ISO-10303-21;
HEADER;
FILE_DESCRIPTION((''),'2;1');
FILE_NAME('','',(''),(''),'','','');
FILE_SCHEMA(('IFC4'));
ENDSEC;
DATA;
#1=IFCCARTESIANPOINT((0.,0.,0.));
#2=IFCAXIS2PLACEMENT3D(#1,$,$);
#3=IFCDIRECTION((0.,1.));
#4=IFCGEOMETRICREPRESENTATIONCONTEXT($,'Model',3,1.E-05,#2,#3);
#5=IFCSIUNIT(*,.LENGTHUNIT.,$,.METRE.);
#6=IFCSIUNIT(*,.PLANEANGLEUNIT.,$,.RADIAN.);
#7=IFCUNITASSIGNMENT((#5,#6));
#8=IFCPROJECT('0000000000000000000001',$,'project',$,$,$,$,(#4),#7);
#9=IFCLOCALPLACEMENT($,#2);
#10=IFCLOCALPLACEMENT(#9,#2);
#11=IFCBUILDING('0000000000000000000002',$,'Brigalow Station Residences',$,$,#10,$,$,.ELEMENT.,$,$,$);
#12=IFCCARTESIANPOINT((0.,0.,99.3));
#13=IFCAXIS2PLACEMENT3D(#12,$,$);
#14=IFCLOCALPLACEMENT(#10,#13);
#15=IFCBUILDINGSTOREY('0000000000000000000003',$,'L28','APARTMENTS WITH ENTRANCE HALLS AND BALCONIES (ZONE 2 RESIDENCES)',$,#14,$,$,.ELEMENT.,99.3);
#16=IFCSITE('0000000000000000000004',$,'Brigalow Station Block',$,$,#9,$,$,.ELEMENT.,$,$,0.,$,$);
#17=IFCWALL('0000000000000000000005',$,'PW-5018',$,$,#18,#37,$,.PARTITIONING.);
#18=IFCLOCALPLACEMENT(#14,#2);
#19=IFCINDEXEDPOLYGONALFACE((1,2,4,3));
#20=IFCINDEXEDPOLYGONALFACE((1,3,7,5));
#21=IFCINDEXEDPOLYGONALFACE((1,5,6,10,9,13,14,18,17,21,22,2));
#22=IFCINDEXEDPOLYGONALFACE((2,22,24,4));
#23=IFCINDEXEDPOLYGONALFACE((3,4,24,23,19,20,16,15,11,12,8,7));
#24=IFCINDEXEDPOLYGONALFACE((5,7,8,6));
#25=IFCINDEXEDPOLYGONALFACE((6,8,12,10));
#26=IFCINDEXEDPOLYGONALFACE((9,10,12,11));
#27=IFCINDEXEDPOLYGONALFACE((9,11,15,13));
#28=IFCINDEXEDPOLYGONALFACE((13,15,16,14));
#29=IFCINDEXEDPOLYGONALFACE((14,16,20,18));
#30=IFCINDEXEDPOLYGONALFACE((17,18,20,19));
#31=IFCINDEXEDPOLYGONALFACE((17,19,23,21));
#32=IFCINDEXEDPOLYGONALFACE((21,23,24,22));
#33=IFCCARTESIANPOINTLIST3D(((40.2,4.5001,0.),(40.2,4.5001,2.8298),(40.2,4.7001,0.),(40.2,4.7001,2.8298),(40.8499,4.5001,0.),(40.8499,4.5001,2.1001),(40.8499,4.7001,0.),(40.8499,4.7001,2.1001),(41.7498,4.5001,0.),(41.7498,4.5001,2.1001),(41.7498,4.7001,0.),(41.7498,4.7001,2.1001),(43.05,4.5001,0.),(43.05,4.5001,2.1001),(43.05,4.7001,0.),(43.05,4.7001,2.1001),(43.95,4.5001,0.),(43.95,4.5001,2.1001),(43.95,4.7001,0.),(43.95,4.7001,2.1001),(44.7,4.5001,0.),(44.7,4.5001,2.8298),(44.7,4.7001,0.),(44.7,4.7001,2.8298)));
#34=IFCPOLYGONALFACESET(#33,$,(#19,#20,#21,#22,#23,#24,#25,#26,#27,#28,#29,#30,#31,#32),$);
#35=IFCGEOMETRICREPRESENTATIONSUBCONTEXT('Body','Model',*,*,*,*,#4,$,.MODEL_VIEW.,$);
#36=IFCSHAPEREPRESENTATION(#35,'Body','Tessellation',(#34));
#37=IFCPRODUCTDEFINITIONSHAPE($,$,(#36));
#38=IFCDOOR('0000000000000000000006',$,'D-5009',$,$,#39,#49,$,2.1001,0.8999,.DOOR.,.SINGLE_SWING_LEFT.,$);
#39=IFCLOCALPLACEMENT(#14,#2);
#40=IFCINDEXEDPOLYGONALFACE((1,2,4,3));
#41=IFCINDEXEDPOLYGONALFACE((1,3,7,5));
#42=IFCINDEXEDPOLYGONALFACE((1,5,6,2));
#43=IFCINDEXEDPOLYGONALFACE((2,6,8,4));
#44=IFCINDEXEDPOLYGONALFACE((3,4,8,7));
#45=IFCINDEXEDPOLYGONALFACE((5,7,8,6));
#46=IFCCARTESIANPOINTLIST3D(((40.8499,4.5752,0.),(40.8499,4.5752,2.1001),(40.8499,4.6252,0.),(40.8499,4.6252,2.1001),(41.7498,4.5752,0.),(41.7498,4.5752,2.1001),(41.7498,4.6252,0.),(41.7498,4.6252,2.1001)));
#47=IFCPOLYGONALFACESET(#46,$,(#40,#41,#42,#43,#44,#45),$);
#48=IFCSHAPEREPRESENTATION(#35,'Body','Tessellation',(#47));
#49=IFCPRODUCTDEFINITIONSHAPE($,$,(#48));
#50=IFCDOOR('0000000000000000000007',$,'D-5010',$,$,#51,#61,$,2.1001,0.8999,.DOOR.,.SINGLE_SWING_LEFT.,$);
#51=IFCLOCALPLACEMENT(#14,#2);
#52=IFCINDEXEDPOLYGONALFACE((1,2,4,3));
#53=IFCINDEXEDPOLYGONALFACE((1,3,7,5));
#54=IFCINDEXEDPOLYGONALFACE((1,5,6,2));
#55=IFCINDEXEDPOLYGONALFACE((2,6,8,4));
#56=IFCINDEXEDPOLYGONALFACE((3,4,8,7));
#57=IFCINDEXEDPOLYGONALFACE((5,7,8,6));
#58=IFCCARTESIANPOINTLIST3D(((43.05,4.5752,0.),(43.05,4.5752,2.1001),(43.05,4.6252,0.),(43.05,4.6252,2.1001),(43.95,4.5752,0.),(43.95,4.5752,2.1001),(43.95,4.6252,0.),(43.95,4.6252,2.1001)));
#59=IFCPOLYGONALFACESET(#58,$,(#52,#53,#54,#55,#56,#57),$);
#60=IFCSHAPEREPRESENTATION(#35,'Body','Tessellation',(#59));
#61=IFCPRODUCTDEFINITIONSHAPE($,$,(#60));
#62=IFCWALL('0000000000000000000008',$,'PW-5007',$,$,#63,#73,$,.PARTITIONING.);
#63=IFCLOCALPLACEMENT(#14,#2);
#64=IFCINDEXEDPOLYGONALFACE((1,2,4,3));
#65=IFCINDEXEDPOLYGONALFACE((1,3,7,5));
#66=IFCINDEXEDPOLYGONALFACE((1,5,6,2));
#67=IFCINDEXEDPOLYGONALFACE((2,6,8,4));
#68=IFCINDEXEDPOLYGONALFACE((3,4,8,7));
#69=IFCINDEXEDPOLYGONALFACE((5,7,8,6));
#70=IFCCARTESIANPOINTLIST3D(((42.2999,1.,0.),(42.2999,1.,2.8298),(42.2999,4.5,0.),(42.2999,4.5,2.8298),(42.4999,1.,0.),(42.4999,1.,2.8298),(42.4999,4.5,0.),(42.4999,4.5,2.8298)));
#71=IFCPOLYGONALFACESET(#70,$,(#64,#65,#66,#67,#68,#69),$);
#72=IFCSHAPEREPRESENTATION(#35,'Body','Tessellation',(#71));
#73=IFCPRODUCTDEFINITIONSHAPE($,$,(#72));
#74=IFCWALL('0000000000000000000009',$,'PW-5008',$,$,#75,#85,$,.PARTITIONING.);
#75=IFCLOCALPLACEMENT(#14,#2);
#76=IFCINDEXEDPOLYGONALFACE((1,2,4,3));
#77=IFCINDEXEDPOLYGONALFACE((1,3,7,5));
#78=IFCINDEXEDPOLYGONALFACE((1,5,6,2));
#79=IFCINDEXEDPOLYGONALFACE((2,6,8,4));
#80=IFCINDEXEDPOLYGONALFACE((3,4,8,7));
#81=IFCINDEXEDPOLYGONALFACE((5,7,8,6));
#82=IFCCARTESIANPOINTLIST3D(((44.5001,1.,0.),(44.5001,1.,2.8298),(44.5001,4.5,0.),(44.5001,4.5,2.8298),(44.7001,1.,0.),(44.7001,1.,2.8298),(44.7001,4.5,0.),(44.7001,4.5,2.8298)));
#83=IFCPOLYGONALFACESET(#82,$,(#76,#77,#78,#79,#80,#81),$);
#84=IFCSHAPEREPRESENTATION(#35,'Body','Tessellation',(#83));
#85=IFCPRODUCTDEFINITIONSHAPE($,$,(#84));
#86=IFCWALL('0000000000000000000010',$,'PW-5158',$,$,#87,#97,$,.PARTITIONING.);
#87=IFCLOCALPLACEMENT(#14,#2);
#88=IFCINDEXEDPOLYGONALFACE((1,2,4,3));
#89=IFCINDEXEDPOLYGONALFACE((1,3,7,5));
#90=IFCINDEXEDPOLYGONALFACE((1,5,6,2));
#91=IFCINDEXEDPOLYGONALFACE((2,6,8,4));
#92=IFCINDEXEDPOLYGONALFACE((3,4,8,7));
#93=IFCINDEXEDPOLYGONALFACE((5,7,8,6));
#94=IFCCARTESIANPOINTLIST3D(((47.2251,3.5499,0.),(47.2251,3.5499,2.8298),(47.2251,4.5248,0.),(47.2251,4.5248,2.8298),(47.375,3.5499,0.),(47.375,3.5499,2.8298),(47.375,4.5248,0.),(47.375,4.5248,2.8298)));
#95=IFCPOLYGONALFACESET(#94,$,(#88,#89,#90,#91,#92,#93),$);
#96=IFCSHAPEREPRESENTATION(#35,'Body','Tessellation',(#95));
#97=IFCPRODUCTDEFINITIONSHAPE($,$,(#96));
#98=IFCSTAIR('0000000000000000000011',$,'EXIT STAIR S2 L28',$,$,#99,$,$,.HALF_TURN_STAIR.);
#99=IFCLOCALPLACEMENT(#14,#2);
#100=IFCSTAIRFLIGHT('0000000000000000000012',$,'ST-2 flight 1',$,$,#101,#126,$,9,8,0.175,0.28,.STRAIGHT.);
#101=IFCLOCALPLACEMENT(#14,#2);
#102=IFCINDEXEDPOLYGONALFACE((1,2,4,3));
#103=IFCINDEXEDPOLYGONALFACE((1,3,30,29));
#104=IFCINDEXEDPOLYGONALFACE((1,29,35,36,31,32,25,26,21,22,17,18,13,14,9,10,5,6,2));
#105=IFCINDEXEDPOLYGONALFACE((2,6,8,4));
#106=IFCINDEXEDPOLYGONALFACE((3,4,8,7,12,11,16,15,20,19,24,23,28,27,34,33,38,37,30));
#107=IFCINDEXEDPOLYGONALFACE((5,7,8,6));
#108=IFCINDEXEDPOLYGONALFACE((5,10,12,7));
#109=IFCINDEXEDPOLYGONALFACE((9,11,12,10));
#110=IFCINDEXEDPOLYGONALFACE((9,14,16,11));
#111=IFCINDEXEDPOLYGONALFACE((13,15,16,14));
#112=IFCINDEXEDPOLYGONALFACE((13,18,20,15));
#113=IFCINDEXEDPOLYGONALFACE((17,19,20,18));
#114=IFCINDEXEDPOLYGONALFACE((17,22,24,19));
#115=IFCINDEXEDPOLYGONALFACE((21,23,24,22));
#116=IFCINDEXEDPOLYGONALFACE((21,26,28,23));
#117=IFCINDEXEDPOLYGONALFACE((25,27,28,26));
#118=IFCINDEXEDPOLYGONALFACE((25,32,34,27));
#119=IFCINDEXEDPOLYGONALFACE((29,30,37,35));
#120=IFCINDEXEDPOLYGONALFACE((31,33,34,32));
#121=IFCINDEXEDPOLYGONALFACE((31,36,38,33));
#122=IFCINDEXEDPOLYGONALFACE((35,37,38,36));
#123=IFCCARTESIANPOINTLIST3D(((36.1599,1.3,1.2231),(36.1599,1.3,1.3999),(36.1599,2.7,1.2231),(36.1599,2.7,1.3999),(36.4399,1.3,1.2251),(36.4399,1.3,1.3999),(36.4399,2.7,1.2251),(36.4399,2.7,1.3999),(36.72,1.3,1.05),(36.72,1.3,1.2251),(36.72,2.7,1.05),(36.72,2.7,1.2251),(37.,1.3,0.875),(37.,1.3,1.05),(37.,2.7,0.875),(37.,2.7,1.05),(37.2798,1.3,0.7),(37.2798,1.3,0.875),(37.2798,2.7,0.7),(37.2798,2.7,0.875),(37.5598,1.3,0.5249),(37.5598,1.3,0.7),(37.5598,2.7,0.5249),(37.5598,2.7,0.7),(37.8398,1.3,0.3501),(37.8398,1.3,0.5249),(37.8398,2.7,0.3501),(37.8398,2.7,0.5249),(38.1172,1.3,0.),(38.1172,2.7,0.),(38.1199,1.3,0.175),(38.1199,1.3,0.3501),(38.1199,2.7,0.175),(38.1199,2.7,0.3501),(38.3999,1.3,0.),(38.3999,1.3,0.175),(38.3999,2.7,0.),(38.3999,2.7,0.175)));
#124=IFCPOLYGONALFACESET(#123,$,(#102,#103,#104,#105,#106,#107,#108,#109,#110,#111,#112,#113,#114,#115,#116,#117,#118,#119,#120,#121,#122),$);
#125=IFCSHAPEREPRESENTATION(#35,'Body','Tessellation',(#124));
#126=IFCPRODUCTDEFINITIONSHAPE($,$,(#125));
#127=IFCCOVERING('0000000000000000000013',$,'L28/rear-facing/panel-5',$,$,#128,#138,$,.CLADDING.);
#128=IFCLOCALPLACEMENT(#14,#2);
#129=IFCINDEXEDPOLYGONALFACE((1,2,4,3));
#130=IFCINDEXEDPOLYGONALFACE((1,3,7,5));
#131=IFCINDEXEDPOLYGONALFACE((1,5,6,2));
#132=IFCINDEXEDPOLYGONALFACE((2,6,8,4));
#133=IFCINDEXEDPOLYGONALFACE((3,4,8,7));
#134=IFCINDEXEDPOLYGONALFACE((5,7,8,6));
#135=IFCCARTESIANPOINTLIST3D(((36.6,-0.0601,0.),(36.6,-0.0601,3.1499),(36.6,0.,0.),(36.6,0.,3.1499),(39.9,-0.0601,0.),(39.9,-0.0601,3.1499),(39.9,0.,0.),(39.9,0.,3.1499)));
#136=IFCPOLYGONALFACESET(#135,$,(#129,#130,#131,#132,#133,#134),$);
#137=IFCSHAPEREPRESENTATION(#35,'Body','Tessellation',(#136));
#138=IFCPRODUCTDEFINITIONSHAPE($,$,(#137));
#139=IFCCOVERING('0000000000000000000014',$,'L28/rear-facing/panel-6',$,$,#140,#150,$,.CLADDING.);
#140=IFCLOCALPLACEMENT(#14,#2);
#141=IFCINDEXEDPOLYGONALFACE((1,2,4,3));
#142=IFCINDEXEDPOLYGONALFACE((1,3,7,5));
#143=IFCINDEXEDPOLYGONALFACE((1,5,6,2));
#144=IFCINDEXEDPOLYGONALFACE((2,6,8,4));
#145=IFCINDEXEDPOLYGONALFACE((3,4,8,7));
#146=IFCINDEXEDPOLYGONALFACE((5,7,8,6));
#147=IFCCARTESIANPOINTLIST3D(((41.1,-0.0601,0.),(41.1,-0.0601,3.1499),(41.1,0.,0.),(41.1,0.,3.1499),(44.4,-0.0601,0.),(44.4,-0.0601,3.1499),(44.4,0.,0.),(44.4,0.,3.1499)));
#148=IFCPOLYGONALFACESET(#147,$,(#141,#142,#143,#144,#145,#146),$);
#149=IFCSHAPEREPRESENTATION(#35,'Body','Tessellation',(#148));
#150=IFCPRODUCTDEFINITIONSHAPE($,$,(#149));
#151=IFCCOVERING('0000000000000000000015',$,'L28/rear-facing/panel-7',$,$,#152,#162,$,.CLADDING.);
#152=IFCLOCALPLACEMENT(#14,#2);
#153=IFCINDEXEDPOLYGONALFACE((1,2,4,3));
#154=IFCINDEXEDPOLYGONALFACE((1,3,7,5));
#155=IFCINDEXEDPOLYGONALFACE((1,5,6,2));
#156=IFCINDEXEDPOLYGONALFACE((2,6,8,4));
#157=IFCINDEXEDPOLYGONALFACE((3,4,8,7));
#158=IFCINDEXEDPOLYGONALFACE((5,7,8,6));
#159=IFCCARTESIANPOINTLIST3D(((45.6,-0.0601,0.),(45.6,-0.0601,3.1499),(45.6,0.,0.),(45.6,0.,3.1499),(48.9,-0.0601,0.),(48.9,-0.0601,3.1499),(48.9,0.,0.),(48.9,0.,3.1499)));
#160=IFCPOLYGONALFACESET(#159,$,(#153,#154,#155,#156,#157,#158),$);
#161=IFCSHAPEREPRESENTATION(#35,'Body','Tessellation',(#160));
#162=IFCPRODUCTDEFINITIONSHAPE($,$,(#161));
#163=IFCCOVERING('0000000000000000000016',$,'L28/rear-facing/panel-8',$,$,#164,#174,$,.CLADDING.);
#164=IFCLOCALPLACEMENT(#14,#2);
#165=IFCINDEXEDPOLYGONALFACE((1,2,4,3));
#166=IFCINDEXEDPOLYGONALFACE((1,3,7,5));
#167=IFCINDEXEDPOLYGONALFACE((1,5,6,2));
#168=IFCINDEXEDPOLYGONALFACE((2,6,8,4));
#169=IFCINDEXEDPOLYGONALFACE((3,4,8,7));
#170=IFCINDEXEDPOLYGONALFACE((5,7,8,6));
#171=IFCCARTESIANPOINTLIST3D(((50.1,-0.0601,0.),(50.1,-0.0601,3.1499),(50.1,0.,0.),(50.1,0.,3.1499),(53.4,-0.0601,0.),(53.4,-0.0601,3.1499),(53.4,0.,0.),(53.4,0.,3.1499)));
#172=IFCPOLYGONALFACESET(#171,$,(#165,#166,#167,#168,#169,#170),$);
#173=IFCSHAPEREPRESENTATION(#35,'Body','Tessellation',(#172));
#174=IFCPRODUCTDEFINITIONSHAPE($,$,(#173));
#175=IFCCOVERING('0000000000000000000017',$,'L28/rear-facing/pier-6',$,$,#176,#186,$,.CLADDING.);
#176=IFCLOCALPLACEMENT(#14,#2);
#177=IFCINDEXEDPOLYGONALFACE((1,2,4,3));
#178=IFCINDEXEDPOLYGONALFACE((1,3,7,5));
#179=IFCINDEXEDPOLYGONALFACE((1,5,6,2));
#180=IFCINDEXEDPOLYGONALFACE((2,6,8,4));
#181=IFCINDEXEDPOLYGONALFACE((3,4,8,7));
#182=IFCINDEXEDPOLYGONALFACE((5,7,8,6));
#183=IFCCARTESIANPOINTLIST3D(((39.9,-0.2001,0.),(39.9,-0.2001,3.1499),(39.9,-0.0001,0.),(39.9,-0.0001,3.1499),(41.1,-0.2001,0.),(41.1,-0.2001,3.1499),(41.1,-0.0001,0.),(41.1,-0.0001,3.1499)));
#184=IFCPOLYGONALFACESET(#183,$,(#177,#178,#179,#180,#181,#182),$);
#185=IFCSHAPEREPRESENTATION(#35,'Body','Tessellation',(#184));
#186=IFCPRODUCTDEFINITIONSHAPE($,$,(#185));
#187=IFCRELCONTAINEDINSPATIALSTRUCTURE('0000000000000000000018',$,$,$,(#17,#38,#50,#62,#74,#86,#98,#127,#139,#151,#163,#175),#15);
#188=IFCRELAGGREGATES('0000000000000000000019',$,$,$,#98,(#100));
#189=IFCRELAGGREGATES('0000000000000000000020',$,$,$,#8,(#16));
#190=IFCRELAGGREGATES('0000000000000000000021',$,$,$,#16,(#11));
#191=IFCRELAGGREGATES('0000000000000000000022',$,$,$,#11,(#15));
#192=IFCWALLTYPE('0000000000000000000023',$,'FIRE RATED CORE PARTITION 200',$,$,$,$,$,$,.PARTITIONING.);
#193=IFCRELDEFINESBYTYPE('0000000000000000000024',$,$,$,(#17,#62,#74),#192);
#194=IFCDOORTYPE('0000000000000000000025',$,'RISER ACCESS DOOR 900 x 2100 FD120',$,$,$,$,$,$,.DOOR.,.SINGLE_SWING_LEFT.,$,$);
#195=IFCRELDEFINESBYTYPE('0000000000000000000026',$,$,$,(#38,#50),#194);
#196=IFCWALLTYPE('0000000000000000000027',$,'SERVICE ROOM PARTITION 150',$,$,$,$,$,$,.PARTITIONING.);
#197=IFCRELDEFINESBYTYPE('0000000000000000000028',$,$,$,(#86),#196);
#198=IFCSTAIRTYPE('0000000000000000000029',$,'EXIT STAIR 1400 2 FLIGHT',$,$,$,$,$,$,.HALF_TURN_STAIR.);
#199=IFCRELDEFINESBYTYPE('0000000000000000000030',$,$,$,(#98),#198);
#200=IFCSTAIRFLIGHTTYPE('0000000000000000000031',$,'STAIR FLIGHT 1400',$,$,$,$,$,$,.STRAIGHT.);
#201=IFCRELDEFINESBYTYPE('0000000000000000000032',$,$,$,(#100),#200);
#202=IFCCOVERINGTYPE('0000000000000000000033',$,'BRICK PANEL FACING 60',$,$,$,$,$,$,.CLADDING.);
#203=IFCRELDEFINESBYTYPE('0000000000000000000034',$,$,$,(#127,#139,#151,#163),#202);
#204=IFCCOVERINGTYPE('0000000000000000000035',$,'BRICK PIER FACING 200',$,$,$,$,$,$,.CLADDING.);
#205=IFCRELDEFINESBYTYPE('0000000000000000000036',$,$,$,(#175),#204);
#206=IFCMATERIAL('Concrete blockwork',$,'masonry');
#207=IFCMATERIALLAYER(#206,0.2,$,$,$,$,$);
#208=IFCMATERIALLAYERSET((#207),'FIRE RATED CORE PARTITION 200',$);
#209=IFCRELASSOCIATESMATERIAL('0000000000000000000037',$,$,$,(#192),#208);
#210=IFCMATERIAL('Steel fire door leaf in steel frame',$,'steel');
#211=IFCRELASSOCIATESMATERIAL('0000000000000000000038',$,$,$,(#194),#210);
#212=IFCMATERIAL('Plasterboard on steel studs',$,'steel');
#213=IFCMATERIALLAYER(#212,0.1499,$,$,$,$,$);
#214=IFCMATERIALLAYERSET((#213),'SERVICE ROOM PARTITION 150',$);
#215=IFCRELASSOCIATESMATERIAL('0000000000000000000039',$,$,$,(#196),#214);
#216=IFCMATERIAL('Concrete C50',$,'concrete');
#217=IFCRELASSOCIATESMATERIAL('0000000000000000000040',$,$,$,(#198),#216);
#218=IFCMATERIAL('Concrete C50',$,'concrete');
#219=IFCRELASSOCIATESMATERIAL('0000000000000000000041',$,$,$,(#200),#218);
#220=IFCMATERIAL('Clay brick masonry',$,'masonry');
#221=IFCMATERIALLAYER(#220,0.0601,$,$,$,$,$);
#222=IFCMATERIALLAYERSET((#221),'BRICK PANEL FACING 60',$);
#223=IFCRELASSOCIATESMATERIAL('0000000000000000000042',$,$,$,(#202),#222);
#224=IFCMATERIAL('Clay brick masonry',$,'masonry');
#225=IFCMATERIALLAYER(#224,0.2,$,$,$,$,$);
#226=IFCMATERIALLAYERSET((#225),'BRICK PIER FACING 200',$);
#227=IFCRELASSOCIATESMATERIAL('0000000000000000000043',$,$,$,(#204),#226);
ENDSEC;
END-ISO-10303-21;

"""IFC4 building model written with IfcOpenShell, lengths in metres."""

from ifc_helpers import new_model, si_unit, direction, frame, frame_2d, origin, origin_2d, place, context, subcontext, project, spatial, polyline, rectangle, outline, extrude, material, layer, layer_set, type_object, element, fill, aggregate, save


model = new_model("IFC4")

# Units and contexts
model_context = context("Model", 3, precision=1e-05, world=origin(), true_north=direction((0.0, 1.0)))
body_context = subcontext(model_context, "Body", "Model", "MODEL_VIEW")
ifc_project = project(units=[si_unit("LENGTHUNIT", "METRE"), si_unit("PLANEANGLEUNIT", "RADIAN")], contexts=[model_context])

# Site, building, storey
site_placement = place(None, origin())
site = spatial("IfcSite", under=ifc_project, at=site_placement, Name="Brigalow Station Block", CompositionType="ELEMENT", RefElevation=0.0)
building_placement = place(site_placement, origin())
building = spatial("IfcBuilding", under=site, at=building_placement, Name="Brigalow Station Residences", CompositionType="ELEMENT")
storey_placement = place(building_placement, frame((0.0, 0.0, 99.3)))
storey = spatial("IfcBuildingStorey", under=building, at=storey_placement, Name="L28", Description="APARTMENTS WITH ENTRANCE HALLS AND BALCONIES (ZONE 2 RESIDENCES)", CompositionType="ELEMENT", Elevation=99.3)

# Wall, openings, doors
ifc_material_1 = material(Name="Concrete blockwork", Category="masonry")
ifc_layer_1 = layer(ifc_material_1, 0.2)
ifc_layer_set_1 = layer_set([ifc_layer_1], Name="FIRE RATED CORE PARTITION 200")
wall_type_1 = type_object("IfcWallType", Name="FIRE RATED CORE PARTITION 200", PredefinedType="PARTITIONING", material=ifc_layer_set_1)
wall_1_placement = place(storey_placement, frame((40.2, 4.6001, 0.0), z_axis=(0.0, 0.0, 1.0), x_axis=(1.0, 0.0, 0.0)))
wall_1 = element("IfcWall", 1, at=wall_1_placement, inside=storey, type_object=wall_type_1, Name="PW-5018", PredefinedType="PARTITIONING", context=body_context, shape_type="SweptSolid", body=[
    extrude(rectangle(XDim=4.5, YDim=0.2, at=frame_2d((2.25, 0.0))), origin(), (0.0, 0.0, 1.0), 2.8298),
])
opening_1_placement = place(wall_1_placement, frame((0.6499, 0.0, 0.0)))
opening_1 = element("IfcOpeningElement", 2, at=opening_1_placement, cuts=wall_1, PredefinedType="OPENING", context=body_context, shape_type="SweptSolid", body=[
    extrude(rectangle(XDim=0.8999, YDim=2.1001, at=frame_2d((0.45, 1.05))), frame((0.0, 0.1099, 0.0), z_axis=(0.0, -1.0, 0.0), x_axis=(1.0, 0.0, 0.0)), (0.0, 0.0, 1.0), 0.22),
])
opening_2_placement = place(wall_1_placement, frame((2.8501, 0.0, 0.0)))
opening_2 = element("IfcOpeningElement", 3, at=opening_2_placement, cuts=wall_1, PredefinedType="OPENING", context=body_context, shape_type="SweptSolid", body=[
    extrude(rectangle(XDim=0.8999, YDim=2.1001, at=frame_2d((0.45, 1.05))), frame((0.0, 0.1099, 0.0), z_axis=(0.0, -1.0, 0.0), x_axis=(1.0, 0.0, 0.0)), (0.0, 0.0, 1.0), 0.22),
])
ifc_material_2 = material(Name="Steel fire door leaf in steel frame", Category="steel")
door_type_1 = type_object("IfcDoorType", Name="RISER ACCESS DOOR 900 x 2100 FD120", OperationType="SINGLE_SWING_LEFT", PredefinedType="DOOR", material=ifc_material_2)
door_1_placement = place(opening_1_placement, frame((0.8999, 0.0, 0.0), z_axis=(0.0, 0.0, 1.0), x_axis=(-1.0, 0.0, 0.0)))
door_1 = element("IfcDoor", 4, at=door_1_placement, inside=storey, type_object=door_type_1, Name="D-5009", OperationType="SINGLE_SWING_LEFT", OverallHeight=2.1001, OverallWidth=0.8999, PredefinedType="DOOR", context=body_context, shape_type="SweptSolid", body=[
    extrude(rectangle(XDim=0.8999, YDim=2.1001, at=frame_2d((0.45, 1.05))), frame((0.0, 0.0249, 0.0), z_axis=(0.0, -1.0, 0.0), x_axis=(1.0, 0.0, 0.0)), (0.0, 0.0, 1.0), 0.05),
])
fill(opening_1, door_1)
door_2_placement = place(opening_2_placement, frame((0.8999, 0.0, 0.0), z_axis=(0.0, 0.0, 1.0), x_axis=(-1.0, 0.0, 0.0)))
door_2 = element("IfcDoor", 5, at=door_2_placement, inside=storey, type_object=door_type_1, Name="D-5010", OperationType="SINGLE_SWING_LEFT", OverallHeight=2.1001, OverallWidth=0.8999, PredefinedType="DOOR", context=body_context, shape_type="SweptSolid", body=[
    extrude(rectangle(XDim=0.8999, YDim=2.1001, at=frame_2d((0.45, 1.05))), frame((0.0, 0.0249, 0.0), z_axis=(0.0, -1.0, 0.0), x_axis=(1.0, 0.0, 0.0)), (0.0, 0.0, 1.0), 0.05),
])
fill(opening_2, door_2)

# Walls
for number, where, z_axis, x_axis, name in (
    (6, (42.3999, 1.0, 0.0), (0.0, 0.0, 1.0), (0.0, 1.0, 0.0), "PW-5007"),
    (7, (44.6001, 1.0, 0.0), (0.0, 0.0, 1.0), (0.0, 1.0, 0.0), "PW-5008"),
):
    element("IfcWall", number, at=place(storey_placement, frame(where, z_axis=z_axis, x_axis=x_axis)), inside=storey, type_object=wall_type_1, Name=name, PredefinedType="PARTITIONING", context=body_context, shape_type="SweptSolid", body=[
        extrude(rectangle(XDim=3.5, YDim=0.2, at=frame_2d((1.75, 0.0))), origin(), (0.0, 0.0, 1.0), 2.8298),
    ])
ifc_material_3 = material(Name="Plasterboard on steel studs", Category="steel")
ifc_layer_2 = layer(ifc_material_3, 0.1499)
ifc_layer_set_2 = layer_set([ifc_layer_2], Name="SERVICE ROOM PARTITION 150")
wall_type_2 = type_object("IfcWallType", Name="SERVICE ROOM PARTITION 150", PredefinedType="PARTITIONING", material=ifc_layer_set_2)
wall_2_placement = place(storey_placement, frame((47.3, 3.55, 0.0), z_axis=(0.0, 0.0, 1.0), x_axis=(0.0, 1.0, 0.0)))
element("IfcWall", 8, at=wall_2_placement, inside=storey, type_object=wall_type_2, Name="PW-5158", PredefinedType="PARTITIONING", context=body_context, shape_type="SweptSolid", body=[
    extrude(rectangle(XDim=0.9749, YDim=0.1499, at=frame_2d((0.4873, 0.0))), origin(), (0.0, 0.0, 1.0), 2.8298),
])

# Stair, stair flight
ifc_material_4 = material(Name="Concrete C50", Category="concrete")
stair_type = type_object("IfcStairType", Name="EXIT STAIR 1400 2 FLIGHT", PredefinedType="HALF_TURN_STAIR", material=ifc_material_4)
stair_placement = place(storey_placement, origin())
stair = element("IfcStair", 9, at=stair_placement, inside=storey, type_object=stair_type, Name="EXIT STAIR S2 L28", PredefinedType="HALF_TURN_STAIR")
ifc_material_5 = material(Name="Concrete C50", Category="concrete")
stair_flight_type = type_object("IfcStairFlightType", Name="STAIR FLIGHT 1400", PredefinedType="STRAIGHT", material=ifc_material_5)
stair_flight_placement = place(storey_placement, frame((38.3999, 2.0, 0.0), z_axis=(0.0, 0.0, 1.0), x_axis=(-1.0, 0.0, 0.0)))
stair_flight = element("IfcStairFlight", 10, at=stair_flight_placement, type_object=stair_flight_type, Name="ST-2 flight 1", NumberOfRisers=9, NumberOfTreads=8, PredefinedType="STRAIGHT", RiserHeight=0.175, TreadLength=0.28, context=body_context, shape_type="SweptSolid", body=[
    extrude(outline(polyline([(0.0, 0.0), (0.0, 0.175), (0.28, 0.175), (0.28, 0.3501), (0.5601, 0.3501), (0.5601, 0.5249), (0.8401, 0.5249), (0.8401, 0.7), (1.1201, 0.7), (1.1201, 0.875), (1.3999, 0.875), (1.3999, 1.05), (1.6799, 1.05), (1.6799, 1.2251), (1.96, 1.2251), (1.96, 1.3999), (2.24, 1.3999), (2.24, 1.575), (2.24, 1.2231), (0.2827, 0.0), (0.0, 0.0)])), frame((0.0, 0.7, 0.0), z_axis=(0.0, -1.0, 0.0), x_axis=(1.0, 0.0, 0.0)), (0.0, 0.0, 1.0), 1.3999),
])
aggregate(stair, [stair_flight])

# Coverings
ifc_material_6 = material(Name="Clay brick masonry", Category="masonry")
ifc_layer_3 = layer(ifc_material_6, 0.0601)
ifc_layer_set_3 = layer_set([ifc_layer_3], Name="BRICK PANEL FACING 60")
covering_type_1 = type_object("IfcCoveringType", Name="BRICK PANEL FACING 60", PredefinedType="CLADDING", material=ifc_layer_set_3)
for number, where, z_axis, x_axis, name in (
    (11, (38.25, -0.03, 0.0), (0.0, 0.0, 1.0), (1.0, 0.0, 0.0), "L28/rear-facing/panel-5"),
    (12, (42.75, -0.03, 0.0), (0.0, 0.0, 1.0), (1.0, 0.0, 0.0), "L28/rear-facing/panel-6"),
    (13, (47.25, -0.03, 0.0), (0.0, 0.0, 1.0), (1.0, 0.0, 0.0), "L28/rear-facing/panel-7"),
    (14, (51.75, -0.03, 0.0), (0.0, 0.0, 1.0), (1.0, 0.0, 0.0), "L28/rear-facing/panel-8"),
):
    element("IfcCovering", number, at=place(storey_placement, frame(where, z_axis=z_axis, x_axis=x_axis)), inside=storey, type_object=covering_type_1, Name=name, PredefinedType="CLADDING", context=body_context, shape_type="SweptSolid", body=[
        extrude(rectangle(XDim=3.3, YDim=0.0601, at=origin_2d()), origin(), (0.0, 0.0, 1.0), 3.1499),
    ])
ifc_material_7 = material(Name="Clay brick masonry", Category="masonry")
ifc_layer_4 = layer(ifc_material_7, 0.2)
ifc_layer_set_4 = layer_set([ifc_layer_4], Name="BRICK PIER FACING 200")
covering_type_2 = type_object("IfcCoveringType", Name="BRICK PIER FACING 200", PredefinedType="CLADDING", material=ifc_layer_set_4)
for number, where, z_axis, x_axis, name in (
    (15, (40.5, -0.1001, 0.0), (0.0, 0.0, 1.0), (1.0, 0.0, 0.0), "L28/rear-facing/pier-6"),
):
    element("IfcCovering", number, at=place(storey_placement, frame(where, z_axis=z_axis, x_axis=x_axis)), inside=storey, type_object=covering_type_2, Name=name, PredefinedType="CLADDING", context=body_context, shape_type="SweptSolid", body=[
        extrude(rectangle(XDim=1.2, YDim=0.2, at=origin_2d()), origin(), (0.0, 0.0, 1.0), 3.1499),
    ])

save(model, "model.ifc")
